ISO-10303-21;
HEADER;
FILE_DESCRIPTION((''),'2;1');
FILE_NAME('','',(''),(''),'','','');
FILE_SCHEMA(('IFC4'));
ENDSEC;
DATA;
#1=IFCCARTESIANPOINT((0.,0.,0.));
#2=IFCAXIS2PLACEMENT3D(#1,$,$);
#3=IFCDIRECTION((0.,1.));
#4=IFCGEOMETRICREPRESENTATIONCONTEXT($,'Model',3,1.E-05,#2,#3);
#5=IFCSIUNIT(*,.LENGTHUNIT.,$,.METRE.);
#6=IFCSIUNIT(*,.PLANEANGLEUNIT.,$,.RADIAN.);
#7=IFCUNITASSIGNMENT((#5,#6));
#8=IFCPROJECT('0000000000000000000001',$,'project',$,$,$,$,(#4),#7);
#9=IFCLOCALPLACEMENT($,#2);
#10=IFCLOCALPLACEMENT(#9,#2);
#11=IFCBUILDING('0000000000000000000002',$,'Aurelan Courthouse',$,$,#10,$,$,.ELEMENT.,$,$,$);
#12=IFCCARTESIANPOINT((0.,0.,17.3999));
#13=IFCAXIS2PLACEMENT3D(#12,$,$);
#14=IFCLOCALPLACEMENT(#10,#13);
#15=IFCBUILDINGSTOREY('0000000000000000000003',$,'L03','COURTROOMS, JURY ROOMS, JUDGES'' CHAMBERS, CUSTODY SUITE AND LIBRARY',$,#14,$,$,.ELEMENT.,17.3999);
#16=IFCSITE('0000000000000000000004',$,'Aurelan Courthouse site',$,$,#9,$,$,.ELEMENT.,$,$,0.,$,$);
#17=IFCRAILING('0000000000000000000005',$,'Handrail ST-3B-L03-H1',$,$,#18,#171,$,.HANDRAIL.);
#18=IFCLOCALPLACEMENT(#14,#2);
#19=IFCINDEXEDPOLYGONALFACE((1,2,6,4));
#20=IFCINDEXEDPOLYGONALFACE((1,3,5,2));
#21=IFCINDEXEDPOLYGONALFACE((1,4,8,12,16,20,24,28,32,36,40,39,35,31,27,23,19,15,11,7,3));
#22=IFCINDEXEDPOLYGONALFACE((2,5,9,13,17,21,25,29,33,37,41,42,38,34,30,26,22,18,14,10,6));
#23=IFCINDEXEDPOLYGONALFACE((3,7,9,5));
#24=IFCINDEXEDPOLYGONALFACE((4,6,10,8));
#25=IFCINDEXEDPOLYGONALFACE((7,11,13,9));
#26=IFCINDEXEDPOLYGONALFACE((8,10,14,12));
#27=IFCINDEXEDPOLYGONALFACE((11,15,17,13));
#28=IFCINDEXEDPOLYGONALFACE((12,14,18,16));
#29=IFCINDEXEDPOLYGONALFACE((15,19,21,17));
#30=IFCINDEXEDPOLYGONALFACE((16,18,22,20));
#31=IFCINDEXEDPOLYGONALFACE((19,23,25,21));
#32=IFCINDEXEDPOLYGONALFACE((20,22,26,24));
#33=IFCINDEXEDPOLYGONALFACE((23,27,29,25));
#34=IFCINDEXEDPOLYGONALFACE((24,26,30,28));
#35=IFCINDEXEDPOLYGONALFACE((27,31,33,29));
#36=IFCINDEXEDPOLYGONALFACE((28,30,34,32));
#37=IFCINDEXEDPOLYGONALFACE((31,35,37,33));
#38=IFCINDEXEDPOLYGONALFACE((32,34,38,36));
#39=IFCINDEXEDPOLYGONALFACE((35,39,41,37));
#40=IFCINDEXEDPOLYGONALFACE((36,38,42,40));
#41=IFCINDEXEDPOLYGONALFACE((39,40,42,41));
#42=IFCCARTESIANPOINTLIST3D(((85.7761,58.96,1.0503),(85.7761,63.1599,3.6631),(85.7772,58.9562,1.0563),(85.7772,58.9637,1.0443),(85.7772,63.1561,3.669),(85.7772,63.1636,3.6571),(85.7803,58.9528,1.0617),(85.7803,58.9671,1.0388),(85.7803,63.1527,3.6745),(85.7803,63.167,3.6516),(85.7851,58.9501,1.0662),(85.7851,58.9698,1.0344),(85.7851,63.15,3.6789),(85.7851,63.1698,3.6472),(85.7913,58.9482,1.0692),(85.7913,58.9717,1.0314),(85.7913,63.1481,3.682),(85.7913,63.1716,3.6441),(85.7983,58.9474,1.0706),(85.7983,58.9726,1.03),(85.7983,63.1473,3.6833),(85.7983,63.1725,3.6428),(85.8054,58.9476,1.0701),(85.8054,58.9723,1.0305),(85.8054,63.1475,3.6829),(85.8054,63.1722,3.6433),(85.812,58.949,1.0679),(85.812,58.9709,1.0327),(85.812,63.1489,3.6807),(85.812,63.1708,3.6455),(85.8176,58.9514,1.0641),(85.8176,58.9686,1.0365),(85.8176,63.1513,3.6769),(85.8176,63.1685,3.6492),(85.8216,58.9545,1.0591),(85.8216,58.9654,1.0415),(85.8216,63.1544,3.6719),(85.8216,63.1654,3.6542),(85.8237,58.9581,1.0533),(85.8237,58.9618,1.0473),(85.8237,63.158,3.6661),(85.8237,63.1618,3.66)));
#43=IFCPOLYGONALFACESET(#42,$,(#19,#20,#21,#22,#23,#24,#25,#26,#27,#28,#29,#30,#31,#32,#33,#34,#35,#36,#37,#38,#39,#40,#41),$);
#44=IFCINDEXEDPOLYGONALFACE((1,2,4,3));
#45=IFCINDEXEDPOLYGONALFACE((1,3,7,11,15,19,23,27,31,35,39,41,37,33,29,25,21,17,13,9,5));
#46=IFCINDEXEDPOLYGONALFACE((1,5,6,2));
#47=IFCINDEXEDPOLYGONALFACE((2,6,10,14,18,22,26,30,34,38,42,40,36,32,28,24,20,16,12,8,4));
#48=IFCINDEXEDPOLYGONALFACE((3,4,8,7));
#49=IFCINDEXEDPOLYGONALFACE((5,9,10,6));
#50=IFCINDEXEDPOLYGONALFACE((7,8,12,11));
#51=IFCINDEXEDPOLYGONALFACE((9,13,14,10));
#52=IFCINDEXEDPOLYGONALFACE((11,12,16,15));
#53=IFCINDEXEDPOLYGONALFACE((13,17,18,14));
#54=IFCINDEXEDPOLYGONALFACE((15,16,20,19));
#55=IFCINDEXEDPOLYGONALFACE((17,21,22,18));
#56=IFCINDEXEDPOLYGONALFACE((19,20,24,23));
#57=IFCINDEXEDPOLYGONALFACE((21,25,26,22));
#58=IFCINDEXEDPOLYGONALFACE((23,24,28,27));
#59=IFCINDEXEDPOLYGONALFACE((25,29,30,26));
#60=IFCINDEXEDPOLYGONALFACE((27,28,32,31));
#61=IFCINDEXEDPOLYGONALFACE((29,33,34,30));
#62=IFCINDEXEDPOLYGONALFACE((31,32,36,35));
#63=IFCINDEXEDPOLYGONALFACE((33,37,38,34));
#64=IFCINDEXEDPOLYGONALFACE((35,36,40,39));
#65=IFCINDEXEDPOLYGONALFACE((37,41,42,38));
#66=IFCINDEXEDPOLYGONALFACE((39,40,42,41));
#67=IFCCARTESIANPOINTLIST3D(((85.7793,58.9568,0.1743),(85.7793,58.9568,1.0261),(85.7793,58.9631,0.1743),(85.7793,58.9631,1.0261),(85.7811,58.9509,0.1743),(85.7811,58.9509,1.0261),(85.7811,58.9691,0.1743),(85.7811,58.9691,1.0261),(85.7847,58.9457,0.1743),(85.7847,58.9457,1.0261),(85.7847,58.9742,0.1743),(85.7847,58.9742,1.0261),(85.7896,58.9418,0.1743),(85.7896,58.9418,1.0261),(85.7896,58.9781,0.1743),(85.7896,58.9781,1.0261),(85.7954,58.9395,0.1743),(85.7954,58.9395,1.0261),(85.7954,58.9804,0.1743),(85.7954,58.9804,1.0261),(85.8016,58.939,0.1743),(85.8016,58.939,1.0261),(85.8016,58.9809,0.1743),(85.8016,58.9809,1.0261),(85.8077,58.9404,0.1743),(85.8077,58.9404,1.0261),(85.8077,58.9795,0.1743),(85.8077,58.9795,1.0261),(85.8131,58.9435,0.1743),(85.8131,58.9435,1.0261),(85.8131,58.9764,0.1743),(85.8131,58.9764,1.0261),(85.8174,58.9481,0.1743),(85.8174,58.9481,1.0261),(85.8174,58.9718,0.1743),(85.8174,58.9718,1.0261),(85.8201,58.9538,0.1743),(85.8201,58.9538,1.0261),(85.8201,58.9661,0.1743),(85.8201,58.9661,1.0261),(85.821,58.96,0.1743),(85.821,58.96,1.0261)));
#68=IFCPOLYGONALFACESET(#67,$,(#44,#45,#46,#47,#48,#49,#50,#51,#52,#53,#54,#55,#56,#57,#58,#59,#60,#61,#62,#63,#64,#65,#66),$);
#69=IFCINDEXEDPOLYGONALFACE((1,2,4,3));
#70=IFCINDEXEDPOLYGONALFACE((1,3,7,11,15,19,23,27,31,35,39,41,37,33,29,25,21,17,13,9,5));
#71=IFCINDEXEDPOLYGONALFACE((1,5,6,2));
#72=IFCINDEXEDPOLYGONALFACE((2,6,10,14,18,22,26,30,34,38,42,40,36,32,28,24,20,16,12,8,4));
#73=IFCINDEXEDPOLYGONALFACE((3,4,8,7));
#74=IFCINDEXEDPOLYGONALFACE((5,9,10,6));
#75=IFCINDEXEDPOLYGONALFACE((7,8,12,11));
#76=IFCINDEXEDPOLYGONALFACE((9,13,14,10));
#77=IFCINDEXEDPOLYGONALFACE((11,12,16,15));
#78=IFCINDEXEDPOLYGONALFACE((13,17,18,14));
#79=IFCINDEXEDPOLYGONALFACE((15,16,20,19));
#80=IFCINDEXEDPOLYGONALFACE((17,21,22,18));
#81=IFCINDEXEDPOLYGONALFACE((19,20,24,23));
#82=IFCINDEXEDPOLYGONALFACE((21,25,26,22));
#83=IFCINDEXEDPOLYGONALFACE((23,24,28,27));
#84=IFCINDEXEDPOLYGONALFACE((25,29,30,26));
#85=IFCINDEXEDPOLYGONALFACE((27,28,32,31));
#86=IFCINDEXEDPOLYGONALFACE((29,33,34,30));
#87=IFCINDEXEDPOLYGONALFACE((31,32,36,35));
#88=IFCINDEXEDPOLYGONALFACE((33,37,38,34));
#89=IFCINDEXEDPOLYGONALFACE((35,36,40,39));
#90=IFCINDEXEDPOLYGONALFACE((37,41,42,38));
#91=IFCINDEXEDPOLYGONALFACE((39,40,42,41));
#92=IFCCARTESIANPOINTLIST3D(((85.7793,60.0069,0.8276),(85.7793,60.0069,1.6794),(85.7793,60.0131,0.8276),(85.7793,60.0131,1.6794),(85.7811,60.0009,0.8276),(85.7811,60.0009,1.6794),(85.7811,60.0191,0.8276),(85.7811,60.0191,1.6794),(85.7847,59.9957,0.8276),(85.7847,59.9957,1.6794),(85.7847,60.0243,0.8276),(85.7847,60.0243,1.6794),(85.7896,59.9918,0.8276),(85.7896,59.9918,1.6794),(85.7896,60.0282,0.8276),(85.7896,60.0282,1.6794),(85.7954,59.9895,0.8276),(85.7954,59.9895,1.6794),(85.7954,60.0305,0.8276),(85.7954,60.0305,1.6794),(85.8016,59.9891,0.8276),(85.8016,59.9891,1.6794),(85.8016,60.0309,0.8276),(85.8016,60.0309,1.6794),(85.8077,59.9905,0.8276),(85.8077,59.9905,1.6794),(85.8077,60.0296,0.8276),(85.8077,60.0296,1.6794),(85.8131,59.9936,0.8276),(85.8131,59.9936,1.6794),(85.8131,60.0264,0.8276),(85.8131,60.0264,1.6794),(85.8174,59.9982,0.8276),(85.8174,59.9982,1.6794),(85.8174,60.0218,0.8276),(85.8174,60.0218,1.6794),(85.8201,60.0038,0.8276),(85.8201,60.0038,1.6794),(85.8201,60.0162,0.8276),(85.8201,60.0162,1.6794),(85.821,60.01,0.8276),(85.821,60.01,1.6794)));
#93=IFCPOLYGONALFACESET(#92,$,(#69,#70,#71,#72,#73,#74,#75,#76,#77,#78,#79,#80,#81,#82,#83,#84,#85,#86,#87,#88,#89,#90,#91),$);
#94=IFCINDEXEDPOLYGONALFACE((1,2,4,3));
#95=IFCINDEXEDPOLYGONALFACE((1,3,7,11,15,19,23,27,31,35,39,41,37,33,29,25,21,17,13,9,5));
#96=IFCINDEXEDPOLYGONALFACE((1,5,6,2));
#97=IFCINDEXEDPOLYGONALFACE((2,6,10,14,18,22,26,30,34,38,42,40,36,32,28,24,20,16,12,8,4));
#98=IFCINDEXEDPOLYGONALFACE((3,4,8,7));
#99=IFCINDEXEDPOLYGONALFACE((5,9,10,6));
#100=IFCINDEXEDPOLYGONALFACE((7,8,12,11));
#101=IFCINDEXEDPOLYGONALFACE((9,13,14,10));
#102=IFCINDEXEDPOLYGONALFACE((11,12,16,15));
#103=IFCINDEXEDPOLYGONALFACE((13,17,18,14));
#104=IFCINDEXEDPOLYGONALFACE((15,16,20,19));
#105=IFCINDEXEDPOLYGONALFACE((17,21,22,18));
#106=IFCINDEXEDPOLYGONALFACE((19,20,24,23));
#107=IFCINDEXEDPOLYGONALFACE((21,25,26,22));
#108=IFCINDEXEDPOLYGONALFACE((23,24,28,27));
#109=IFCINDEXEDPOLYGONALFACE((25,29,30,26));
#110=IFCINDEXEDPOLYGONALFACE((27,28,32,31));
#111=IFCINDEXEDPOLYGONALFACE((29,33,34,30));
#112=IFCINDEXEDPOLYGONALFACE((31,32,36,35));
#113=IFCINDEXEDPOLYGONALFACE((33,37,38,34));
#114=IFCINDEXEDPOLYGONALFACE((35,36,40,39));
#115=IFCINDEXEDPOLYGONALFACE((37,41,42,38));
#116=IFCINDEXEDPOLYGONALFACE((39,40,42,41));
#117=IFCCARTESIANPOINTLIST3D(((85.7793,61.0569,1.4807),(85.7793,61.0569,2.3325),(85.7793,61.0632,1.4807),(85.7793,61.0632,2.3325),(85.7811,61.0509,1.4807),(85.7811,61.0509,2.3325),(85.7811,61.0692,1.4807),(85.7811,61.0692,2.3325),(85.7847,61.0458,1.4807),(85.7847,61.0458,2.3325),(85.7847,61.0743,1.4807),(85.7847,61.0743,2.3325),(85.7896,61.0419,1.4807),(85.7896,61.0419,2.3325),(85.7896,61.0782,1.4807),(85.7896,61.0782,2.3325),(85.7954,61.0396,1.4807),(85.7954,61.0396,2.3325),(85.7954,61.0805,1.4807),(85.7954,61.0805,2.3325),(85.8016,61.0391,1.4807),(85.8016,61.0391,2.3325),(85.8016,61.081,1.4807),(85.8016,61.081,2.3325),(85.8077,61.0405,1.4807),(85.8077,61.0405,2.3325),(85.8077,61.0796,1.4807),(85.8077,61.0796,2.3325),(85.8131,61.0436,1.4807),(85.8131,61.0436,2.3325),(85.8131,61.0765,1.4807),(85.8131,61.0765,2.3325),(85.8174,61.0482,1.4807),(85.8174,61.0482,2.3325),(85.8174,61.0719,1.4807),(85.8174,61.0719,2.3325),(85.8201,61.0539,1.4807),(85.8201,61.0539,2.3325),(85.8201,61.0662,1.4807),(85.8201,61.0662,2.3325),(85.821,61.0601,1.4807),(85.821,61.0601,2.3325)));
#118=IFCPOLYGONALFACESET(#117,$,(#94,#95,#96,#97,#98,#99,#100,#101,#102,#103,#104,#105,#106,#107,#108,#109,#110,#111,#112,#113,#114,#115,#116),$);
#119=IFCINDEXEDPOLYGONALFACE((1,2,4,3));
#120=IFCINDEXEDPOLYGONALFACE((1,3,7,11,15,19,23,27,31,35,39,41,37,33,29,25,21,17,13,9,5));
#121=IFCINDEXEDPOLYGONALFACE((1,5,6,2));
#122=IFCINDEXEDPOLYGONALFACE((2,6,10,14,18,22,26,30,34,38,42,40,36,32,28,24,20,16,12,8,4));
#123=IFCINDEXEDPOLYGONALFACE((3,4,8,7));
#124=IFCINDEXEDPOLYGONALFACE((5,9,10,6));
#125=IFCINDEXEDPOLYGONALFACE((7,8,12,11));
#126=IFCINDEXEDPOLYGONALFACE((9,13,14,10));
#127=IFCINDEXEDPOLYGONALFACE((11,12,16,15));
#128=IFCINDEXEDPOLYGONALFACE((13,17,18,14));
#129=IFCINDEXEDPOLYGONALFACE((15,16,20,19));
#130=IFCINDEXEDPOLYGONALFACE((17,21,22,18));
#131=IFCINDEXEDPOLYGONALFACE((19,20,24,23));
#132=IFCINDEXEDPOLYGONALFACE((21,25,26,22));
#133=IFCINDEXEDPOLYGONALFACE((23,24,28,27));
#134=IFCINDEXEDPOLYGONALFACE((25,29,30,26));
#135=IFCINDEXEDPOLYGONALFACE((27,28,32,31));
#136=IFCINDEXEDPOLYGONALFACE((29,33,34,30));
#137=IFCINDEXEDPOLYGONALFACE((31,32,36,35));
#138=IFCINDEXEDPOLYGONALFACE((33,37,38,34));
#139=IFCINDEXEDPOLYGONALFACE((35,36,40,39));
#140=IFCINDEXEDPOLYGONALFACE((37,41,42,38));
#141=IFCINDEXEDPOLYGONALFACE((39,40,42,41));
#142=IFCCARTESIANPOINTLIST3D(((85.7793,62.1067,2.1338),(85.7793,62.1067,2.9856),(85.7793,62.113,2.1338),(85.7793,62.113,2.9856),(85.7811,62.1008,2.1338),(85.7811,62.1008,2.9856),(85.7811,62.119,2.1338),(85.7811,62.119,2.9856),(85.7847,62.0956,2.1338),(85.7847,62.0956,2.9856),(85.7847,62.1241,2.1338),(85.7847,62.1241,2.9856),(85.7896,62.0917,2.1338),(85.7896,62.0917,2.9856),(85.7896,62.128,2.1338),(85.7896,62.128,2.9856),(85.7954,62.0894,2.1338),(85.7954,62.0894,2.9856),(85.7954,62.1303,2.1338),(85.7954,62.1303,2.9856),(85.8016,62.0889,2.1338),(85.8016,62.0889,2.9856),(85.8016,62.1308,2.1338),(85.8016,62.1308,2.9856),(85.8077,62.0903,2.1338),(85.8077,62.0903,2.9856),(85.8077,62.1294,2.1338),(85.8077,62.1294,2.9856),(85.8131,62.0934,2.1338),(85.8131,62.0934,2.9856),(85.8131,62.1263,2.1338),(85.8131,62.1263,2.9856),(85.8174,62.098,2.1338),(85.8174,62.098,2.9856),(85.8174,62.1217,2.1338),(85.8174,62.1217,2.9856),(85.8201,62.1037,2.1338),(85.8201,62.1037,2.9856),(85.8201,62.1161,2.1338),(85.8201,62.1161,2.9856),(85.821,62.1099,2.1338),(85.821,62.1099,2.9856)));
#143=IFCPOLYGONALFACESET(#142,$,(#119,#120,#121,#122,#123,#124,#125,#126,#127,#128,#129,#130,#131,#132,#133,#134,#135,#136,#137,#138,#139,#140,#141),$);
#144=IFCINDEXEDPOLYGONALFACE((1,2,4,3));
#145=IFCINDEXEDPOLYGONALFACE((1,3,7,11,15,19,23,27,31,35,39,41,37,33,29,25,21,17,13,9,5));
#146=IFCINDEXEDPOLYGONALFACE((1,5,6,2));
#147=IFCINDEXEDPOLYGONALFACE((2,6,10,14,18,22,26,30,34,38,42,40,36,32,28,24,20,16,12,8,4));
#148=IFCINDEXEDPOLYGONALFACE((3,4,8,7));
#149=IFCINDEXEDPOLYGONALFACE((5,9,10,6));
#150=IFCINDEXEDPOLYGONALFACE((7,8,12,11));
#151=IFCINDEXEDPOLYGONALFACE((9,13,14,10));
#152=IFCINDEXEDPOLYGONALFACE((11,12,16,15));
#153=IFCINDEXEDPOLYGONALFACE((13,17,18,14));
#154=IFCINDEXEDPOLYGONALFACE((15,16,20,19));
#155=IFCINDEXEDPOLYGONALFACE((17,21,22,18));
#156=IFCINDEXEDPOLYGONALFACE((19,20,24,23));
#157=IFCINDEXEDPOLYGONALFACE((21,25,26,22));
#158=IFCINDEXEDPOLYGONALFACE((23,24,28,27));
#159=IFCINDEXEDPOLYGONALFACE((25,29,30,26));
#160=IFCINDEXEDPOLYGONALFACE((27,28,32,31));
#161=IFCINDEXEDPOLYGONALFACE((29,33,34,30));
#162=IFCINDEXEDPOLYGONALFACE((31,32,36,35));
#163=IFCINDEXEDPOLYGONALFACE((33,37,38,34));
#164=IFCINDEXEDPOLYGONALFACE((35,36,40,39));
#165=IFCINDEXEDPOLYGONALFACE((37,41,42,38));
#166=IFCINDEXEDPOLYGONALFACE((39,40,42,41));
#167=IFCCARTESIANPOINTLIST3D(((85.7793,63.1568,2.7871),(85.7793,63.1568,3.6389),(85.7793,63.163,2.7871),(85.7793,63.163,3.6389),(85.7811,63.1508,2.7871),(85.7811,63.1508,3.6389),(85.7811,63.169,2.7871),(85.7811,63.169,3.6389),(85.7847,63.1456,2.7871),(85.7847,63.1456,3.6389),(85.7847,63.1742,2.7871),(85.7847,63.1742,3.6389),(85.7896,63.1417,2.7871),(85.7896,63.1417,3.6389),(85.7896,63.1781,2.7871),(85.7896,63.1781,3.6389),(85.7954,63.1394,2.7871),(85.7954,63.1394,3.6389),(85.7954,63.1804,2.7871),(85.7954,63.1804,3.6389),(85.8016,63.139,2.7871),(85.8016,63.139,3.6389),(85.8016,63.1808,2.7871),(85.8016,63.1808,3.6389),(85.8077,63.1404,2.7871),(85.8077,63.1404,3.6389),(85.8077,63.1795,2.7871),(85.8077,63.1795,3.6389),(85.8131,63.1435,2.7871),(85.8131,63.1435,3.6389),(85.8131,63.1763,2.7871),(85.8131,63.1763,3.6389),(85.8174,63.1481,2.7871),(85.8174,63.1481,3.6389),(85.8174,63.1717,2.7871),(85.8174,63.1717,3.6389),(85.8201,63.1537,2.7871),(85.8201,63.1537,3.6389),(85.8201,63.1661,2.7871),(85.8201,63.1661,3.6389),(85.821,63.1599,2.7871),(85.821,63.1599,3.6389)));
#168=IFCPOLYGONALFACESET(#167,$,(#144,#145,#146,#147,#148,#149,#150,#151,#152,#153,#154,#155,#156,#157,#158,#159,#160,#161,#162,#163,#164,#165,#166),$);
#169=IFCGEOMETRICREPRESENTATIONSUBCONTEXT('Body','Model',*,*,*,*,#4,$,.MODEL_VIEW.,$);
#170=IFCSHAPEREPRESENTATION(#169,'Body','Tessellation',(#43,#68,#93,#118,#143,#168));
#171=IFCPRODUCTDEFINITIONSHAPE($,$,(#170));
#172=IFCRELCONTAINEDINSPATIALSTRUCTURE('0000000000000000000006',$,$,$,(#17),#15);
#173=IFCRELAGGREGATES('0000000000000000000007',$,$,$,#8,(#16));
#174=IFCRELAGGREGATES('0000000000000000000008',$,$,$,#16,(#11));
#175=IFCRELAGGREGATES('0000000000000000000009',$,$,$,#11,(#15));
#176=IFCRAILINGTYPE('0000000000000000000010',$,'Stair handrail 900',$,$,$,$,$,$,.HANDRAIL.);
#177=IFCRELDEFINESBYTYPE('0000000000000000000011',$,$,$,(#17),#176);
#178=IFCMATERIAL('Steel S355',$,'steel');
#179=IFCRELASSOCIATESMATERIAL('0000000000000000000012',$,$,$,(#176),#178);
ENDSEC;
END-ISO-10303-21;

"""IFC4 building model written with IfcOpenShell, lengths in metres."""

from ifc_helpers import new_model, si_unit, direction, frame, origin, origin_2d, place, context, subcontext, project, spatial, circle, extrude, material, type_object, element, save


model = new_model("IFC4")

# Units and contexts
model_context = context("Model", 3, precision=1e-05, world=origin(), true_north=direction((0.0, 1.0)))
body_context = subcontext(model_context, "Body", "Model", "MODEL_VIEW")
ifc_project = project(units=[si_unit("LENGTHUNIT", "METRE"), si_unit("PLANEANGLEUNIT", "RADIAN")], contexts=[model_context])

# Site, building, storey
site_placement = place(None, origin())
site = spatial("IfcSite", under=ifc_project, at=site_placement, Name="Aurelan Courthouse site", CompositionType="ELEMENT", RefElevation=0.0)
building_placement = place(site_placement, origin())
building = spatial("IfcBuilding", under=site, at=building_placement, Name="Aurelan Courthouse", CompositionType="ELEMENT")
storey_placement = place(building_placement, frame((0.0, 0.0, 17.3999)))
storey = spatial("IfcBuildingStorey", under=building, at=storey_placement, Name="L03", Description="COURTROOMS, JURY ROOMS, JUDGES' CHAMBERS, CUSTODY SUITE AND LIBRARY", CompositionType="ELEMENT", Elevation=17.3999)

# Railing
ifc_material_1 = material(Name="Steel S355", Category="steel")
railing_type_1 = type_object("IfcRailingType", Name="Stair handrail 900", PredefinedType="HANDRAIL", material=ifc_material_1)
for number, where, name in (
    (1, (85.8, 58.96, 0.1743), "Handrail ST-3B-L03-H1"),
):
    element("IfcRailing", number, at=place(storey_placement, frame(where)), inside=storey, type_object=railing_type_1, Name=name, PredefinedType="HANDRAIL", context=body_context, shape_type="SweptSolid", body=[
        extrude(circle(Radius=0.0239, at=origin_2d()), frame((0.0, 0.0, 0.876), z_axis=(0.0, 0.849103, 0.528228), x_axis=(-1.0, 0.0, 0.0)), (0.0, 0.0, 1.0), 4.9463),
        extrude(circle(Radius=0.021, at=origin_2d()), origin(), (0.0, 0.0, 1.0), 0.8518),
        extrude(circle(Radius=0.021, at=origin_2d()), frame((0.0, 1.05, 0.6533)), (0.0, 0.0, 1.0), 0.8518),
        extrude(circle(Radius=0.021, at=origin_2d()), frame((0.0, 2.1001, 1.3064)), (0.0, 0.0, 1.0), 0.8518),
        extrude(circle(Radius=0.021, at=origin_2d()), frame((0.0, 3.1499, 1.9595)), (0.0, 0.0, 1.0), 0.8518),
        extrude(circle(Radius=0.021, at=origin_2d()), frame((0.0, 4.2, 2.6128)), (0.0, 0.0, 1.0), 0.8518),
    ])

save(model, "model.ifc")
